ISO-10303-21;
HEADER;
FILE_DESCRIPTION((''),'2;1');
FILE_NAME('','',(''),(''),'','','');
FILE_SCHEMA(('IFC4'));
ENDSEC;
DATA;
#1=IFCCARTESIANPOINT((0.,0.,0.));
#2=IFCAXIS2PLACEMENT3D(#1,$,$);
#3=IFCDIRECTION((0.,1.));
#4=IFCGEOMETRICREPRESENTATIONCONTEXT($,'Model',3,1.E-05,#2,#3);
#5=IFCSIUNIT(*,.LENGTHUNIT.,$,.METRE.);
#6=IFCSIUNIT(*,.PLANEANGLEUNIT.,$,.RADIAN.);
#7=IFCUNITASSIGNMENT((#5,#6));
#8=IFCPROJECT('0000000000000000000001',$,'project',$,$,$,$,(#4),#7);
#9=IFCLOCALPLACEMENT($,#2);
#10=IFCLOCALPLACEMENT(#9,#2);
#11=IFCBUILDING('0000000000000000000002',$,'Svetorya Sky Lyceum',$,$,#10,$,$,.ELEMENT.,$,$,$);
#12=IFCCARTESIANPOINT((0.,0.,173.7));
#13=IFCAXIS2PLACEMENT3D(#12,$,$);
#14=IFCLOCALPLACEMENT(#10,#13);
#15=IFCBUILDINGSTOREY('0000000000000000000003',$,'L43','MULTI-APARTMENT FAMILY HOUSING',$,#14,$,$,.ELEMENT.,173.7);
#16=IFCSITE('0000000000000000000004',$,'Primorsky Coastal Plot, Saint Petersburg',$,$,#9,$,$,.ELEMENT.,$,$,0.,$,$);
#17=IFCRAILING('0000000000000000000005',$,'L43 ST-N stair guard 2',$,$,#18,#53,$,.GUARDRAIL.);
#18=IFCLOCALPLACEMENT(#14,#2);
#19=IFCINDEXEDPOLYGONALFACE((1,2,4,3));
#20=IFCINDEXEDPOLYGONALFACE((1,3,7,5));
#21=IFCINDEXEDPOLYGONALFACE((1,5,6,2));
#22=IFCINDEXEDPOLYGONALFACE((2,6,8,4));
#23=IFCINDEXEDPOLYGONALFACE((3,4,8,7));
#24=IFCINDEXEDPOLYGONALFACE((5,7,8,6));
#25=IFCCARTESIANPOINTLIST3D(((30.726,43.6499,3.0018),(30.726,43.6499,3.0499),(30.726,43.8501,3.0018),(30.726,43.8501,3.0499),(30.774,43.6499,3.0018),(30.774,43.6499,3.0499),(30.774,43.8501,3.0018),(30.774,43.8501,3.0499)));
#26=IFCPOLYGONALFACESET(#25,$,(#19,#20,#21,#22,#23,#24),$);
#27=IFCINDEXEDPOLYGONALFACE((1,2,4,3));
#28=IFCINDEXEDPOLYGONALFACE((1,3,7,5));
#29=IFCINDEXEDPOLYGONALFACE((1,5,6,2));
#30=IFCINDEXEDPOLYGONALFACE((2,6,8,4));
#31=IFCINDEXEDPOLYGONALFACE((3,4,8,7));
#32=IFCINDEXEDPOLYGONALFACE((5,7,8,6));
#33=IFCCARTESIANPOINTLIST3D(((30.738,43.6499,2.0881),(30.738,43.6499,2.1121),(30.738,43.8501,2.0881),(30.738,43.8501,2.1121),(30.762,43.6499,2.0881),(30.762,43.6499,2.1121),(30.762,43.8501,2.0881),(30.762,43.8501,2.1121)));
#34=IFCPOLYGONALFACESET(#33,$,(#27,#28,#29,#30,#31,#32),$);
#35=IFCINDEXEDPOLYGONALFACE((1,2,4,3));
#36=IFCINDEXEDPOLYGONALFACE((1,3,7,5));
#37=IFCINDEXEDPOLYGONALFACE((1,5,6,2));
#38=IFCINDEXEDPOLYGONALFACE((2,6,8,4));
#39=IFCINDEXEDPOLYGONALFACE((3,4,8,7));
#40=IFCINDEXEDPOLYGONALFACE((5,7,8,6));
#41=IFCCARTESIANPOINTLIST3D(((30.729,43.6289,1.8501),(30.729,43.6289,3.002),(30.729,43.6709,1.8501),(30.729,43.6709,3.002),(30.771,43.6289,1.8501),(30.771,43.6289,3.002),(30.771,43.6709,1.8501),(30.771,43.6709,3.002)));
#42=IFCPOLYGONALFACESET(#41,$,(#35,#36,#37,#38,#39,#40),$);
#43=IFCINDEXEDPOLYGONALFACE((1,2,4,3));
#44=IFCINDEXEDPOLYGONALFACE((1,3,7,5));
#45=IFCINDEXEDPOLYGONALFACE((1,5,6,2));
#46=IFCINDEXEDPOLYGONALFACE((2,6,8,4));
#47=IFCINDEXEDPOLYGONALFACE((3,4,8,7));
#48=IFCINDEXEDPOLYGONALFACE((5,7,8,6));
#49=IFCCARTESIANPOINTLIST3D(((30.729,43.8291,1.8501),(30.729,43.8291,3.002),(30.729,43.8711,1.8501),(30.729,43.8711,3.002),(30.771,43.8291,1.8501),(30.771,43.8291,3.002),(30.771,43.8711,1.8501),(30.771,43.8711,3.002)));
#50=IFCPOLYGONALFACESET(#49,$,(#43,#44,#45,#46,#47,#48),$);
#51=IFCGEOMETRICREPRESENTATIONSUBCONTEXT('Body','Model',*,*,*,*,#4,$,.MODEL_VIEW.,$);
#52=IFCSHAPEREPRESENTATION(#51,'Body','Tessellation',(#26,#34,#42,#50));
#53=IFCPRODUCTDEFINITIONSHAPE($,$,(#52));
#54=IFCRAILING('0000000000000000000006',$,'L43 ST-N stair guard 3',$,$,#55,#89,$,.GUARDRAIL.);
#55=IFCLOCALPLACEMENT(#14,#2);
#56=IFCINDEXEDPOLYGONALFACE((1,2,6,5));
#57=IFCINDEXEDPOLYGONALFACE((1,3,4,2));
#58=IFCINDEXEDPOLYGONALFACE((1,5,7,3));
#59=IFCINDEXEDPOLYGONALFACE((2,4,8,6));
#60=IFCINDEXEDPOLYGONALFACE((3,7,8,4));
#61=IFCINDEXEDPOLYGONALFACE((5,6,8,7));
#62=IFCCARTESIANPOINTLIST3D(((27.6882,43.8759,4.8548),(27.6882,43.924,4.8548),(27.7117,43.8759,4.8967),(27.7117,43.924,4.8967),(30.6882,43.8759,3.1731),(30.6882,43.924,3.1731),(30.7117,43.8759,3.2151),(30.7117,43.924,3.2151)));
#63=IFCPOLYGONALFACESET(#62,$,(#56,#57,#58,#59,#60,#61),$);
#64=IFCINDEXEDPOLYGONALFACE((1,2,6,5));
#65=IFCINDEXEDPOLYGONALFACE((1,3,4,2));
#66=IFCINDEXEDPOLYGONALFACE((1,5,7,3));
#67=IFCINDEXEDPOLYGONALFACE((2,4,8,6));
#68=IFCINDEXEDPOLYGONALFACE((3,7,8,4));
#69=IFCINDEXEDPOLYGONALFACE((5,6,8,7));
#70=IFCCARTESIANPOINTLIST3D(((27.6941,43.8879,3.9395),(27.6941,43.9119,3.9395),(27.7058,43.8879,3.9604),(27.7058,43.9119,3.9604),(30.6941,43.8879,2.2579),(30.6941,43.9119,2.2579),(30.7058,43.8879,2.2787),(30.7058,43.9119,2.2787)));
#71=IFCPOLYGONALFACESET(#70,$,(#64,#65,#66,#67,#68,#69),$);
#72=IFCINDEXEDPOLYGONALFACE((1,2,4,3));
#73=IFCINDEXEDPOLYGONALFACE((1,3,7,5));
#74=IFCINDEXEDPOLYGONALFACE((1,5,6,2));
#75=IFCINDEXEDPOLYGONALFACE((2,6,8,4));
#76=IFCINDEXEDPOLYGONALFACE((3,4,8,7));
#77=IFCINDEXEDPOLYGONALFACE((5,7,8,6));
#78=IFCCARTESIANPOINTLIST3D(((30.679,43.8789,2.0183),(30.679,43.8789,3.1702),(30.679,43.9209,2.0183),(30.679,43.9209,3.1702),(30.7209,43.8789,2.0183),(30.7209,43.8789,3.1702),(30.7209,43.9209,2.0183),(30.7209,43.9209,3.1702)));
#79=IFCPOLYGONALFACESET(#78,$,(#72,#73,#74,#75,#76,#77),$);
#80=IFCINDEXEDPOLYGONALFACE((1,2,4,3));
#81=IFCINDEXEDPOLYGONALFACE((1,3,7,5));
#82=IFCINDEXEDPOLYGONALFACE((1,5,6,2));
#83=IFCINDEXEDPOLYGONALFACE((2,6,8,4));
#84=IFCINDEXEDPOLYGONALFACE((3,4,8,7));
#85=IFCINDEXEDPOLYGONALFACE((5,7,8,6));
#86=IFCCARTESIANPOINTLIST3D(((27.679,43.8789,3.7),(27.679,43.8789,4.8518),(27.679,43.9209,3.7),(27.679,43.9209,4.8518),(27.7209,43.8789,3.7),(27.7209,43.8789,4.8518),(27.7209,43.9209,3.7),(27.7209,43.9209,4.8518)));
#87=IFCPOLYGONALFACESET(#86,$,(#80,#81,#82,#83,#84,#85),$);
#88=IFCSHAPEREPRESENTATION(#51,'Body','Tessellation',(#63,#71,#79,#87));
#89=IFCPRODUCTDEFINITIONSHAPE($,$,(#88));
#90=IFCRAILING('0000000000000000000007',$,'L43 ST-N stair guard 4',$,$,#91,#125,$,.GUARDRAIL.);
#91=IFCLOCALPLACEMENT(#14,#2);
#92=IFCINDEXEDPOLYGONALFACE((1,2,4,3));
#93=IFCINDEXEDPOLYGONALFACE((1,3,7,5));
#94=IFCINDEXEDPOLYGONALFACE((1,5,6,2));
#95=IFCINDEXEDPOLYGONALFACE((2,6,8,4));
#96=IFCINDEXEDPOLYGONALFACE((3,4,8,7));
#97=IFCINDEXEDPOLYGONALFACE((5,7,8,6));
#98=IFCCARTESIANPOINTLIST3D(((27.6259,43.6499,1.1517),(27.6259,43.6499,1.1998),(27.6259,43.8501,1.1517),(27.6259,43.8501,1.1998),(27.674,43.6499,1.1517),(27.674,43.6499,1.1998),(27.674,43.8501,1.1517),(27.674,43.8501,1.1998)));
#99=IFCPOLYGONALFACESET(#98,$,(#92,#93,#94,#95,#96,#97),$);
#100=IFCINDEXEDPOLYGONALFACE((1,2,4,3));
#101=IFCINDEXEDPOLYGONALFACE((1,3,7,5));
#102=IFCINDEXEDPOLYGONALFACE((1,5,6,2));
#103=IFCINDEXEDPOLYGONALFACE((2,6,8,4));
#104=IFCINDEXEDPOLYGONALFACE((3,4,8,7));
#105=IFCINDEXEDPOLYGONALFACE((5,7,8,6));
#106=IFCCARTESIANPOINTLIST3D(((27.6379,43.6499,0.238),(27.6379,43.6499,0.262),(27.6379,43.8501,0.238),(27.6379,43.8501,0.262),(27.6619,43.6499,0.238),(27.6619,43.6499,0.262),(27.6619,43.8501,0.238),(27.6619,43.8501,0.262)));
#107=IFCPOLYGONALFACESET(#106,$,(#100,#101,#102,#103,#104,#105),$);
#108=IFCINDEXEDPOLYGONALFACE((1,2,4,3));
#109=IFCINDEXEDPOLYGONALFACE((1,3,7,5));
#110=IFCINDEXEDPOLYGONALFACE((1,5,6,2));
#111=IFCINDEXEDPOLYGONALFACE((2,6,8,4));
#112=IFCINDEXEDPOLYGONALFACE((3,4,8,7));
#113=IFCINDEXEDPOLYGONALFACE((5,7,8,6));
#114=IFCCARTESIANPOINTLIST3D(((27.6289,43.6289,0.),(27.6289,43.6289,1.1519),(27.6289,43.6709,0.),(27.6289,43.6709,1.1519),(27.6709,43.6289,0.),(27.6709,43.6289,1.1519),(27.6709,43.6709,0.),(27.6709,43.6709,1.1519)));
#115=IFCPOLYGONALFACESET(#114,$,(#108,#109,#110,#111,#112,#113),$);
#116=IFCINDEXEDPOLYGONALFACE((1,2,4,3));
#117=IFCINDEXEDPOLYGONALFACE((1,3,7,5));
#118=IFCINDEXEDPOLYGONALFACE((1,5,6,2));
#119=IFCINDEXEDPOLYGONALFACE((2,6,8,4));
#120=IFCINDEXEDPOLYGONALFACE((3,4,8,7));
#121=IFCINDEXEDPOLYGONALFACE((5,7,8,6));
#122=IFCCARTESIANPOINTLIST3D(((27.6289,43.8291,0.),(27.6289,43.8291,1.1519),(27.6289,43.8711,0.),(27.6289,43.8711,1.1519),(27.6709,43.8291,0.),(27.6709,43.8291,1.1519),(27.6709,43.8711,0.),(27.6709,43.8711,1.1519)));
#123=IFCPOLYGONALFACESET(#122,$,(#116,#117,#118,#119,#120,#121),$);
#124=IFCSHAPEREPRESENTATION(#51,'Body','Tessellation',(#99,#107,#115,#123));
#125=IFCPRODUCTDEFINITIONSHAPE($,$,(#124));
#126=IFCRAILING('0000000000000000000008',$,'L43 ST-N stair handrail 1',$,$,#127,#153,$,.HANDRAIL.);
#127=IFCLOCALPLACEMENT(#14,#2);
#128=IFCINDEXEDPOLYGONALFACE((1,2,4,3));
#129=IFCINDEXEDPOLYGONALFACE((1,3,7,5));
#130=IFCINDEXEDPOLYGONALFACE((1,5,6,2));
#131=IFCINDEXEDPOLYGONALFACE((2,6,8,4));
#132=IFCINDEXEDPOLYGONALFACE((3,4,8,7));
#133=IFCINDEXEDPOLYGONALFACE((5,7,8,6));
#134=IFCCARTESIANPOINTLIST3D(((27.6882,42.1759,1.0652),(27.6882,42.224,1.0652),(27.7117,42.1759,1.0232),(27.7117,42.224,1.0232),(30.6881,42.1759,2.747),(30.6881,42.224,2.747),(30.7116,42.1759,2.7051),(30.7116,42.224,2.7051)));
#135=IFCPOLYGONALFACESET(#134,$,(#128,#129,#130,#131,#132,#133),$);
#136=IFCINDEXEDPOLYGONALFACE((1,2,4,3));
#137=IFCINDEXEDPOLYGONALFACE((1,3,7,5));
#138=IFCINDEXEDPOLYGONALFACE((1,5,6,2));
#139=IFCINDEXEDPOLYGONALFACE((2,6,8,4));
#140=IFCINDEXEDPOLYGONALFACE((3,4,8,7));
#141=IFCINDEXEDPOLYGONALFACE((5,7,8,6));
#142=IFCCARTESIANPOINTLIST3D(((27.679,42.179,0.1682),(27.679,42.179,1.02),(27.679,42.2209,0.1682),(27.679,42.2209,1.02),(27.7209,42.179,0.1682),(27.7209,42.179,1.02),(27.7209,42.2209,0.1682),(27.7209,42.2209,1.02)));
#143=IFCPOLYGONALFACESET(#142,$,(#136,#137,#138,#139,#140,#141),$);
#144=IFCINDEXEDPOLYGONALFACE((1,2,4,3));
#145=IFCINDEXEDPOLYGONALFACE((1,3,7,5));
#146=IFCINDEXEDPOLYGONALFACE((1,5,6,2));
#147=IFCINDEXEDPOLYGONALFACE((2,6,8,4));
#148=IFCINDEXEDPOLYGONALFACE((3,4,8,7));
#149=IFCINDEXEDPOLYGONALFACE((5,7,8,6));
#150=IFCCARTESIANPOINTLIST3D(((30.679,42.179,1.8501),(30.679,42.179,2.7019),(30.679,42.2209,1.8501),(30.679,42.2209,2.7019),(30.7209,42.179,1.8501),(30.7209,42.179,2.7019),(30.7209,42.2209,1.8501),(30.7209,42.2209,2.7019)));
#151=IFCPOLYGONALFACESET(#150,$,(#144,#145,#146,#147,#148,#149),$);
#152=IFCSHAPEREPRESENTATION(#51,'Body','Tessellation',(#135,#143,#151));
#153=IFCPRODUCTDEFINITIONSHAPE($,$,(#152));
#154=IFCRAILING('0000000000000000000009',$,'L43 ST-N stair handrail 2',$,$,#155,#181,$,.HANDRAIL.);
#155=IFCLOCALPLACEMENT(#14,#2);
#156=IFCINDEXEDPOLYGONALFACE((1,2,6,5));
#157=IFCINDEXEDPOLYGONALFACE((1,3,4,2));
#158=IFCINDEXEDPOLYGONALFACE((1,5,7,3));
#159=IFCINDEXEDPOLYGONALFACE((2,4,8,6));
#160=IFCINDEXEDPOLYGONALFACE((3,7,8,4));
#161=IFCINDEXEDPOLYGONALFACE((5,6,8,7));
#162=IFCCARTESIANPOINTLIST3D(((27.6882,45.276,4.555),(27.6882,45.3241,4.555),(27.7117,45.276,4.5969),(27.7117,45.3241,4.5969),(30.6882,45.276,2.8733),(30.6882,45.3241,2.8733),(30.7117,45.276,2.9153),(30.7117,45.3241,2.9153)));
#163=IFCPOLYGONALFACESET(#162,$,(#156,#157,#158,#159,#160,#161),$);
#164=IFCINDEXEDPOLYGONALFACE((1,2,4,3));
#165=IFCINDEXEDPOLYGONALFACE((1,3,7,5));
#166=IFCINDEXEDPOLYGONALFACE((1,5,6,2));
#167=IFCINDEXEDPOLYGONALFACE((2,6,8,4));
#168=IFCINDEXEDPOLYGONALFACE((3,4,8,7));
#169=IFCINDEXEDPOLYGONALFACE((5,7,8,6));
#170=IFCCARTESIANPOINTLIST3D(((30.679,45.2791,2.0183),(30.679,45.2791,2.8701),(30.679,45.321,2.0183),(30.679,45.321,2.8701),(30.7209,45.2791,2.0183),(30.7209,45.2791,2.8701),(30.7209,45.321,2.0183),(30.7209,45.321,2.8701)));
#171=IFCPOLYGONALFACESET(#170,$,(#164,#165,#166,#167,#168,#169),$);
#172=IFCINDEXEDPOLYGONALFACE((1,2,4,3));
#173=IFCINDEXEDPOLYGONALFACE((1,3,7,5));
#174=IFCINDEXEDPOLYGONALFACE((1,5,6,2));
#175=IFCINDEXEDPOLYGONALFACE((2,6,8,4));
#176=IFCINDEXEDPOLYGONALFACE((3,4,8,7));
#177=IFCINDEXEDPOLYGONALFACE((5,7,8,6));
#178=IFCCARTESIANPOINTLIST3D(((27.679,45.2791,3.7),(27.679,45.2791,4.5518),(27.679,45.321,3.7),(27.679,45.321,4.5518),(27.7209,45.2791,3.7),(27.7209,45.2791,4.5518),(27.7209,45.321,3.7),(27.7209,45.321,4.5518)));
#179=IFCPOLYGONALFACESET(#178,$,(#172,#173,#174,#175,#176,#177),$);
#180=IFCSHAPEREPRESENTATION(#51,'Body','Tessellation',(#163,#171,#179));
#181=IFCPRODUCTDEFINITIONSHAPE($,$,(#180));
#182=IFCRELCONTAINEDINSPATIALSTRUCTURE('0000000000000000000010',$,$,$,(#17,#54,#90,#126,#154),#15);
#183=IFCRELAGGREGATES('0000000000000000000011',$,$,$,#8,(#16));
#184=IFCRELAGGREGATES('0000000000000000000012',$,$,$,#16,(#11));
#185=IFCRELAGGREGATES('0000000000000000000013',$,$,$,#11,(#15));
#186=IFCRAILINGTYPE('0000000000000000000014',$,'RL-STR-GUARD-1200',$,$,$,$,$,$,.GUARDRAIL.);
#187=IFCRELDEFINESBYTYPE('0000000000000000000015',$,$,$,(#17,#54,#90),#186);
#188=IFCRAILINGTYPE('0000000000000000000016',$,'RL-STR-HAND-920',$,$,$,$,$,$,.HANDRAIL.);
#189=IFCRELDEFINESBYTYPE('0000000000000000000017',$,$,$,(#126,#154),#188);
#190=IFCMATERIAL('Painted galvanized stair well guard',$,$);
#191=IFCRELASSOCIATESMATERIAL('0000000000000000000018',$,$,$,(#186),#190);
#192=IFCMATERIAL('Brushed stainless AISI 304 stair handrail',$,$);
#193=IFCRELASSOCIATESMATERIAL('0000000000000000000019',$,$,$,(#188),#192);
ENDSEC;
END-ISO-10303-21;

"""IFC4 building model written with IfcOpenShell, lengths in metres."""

from ifc_helpers import new_model, si_unit, direction, frame, origin, origin_2d, place, context, subcontext, project, spatial, rectangle, extrude, material, type_object, element, save


model = new_model("IFC4")

# Units and contexts
model_context = context("Model", 3, precision=1e-05, world=origin(), true_north=direction((0.0, 1.0)))
body_context = subcontext(model_context, "Body", "Model", "MODEL_VIEW")
ifc_project = project(units=[si_unit("LENGTHUNIT", "METRE"), si_unit("PLANEANGLEUNIT", "RADIAN")], contexts=[model_context])

# Site, building, storey
site_placement = place(None, origin())
site = spatial("IfcSite", under=ifc_project, at=site_placement, Name="Primorsky Coastal Plot, Saint Petersburg", CompositionType="ELEMENT", RefElevation=0.0)
building_placement = place(site_placement, origin())
building = spatial("IfcBuilding", under=site, at=building_placement, Name="Svetorya Sky Lyceum", CompositionType="ELEMENT")
storey_placement = place(building_placement, frame((0.0, 0.0, 173.7)))
storey = spatial("IfcBuildingStorey", under=building, at=storey_placement, Name="L43", Description="MULTI-APARTMENT FAMILY HOUSING", CompositionType="ELEMENT", Elevation=173.7)

# Railings
ifc_material_1 = material(Name="Painted galvanized stair well guard")
railing_type_1 = type_object("IfcRailingType", Name="RL-STR-GUARD-1200", PredefinedType="GUARDRAIL", material=ifc_material_1)
railing_1_placement = place(storey_placement, frame((30.75, 43.6499, 1.8501)))
element("IfcRailing", 1, at=railing_1_placement, inside=storey, type_object=railing_type_1, Name="L43 ST-N stair guard 2", PredefinedType="GUARDRAIL", context=body_context, shape_type="SweptSolid", body=[
    extrude(rectangle(XDim=0.0481, YDim=0.0481, at=origin_2d()), frame((0.0, 0.0, 1.1758), z_axis=(0.0, 1.0, 0.0), x_axis=(-1.0, 0.0, 0.0)), (0.0, 0.0, 1.0), 0.2002),
    extrude(rectangle(XDim=0.0239, YDim=0.0239, at=origin_2d()), frame((0.0, 0.0, 0.25), z_axis=(0.0, 1.0, 0.0), x_axis=(-1.0, 0.0, 0.0)), (0.0, 0.0, 1.0), 0.2002),
    extrude(rectangle(XDim=0.042, YDim=0.042, at=origin_2d()), origin(), (0.0, 0.0, 1.0), 1.1519),
    extrude(rectangle(XDim=0.042, YDim=0.042, at=origin_2d()), frame((0.0, 0.2002, 0.0)), (0.0, 0.0, 1.0), 1.1519),
])
railing_2_placement = place(storey_placement, frame((30.7, 43.8999, 2.0183)))
element("IfcRailing", 2, at=railing_2_placement, inside=storey, type_object=railing_type_1, Name="L43 ST-N stair guard 3", PredefinedType="GUARDRAIL", context=body_context, shape_type="SweptSolid", body=[
    extrude(rectangle(XDim=0.0481, YDim=0.0481, at=origin_2d()), frame((0.0, 0.0, 1.1758), z_axis=(-0.872303, 0.0, 0.488966), x_axis=(0.0, -1.0, 0.0)), (0.0, 0.0, 1.0), 3.4392),
    extrude(rectangle(XDim=0.0239, YDim=0.0239, at=origin_2d()), frame((0.0, 0.0, 0.25), z_axis=(-0.872303, 0.0, 0.488966), x_axis=(0.0, -1.0, 0.0)), (0.0, 0.0, 1.0), 3.4392),
    extrude(rectangle(XDim=0.042, YDim=0.042, at=origin_2d()), origin(), (0.0, 0.0, 1.0), 1.1519),
    extrude(rectangle(XDim=0.042, YDim=0.042, at=origin_2d()), frame((-3.0, 0.0, 1.6816)), (0.0, 0.0, 1.0), 1.1519),
])
railing_3_placement = place(storey_placement, frame((27.6499, 43.6499, 0.0)))
element("IfcRailing", 3, at=railing_3_placement, inside=storey, type_object=railing_type_1, Name="L43 ST-N stair guard 4", PredefinedType="GUARDRAIL", context=body_context, shape_type="SweptSolid", body=[
    extrude(rectangle(XDim=0.0481, YDim=0.0481, at=origin_2d()), frame((0.0, 0.0, 1.1758), z_axis=(0.0, 1.0, 0.0), x_axis=(-1.0, 0.0, 0.0)), (0.0, 0.0, 1.0), 0.2002),
    extrude(rectangle(XDim=0.0239, YDim=0.0239, at=origin_2d()), frame((0.0, 0.0, 0.25), z_axis=(0.0, 1.0, 0.0), x_axis=(-1.0, 0.0, 0.0)), (0.0, 0.0, 1.0), 0.2002),
    extrude(rectangle(XDim=0.042, YDim=0.042, at=origin_2d()), origin(), (0.0, 0.0, 1.0), 1.1519),
    extrude(rectangle(XDim=0.042, YDim=0.042, at=origin_2d()), frame((0.0, 0.2002, 0.0)), (0.0, 0.0, 1.0), 1.1519),
])
ifc_material_2 = material(Name="Brushed stainless AISI 304 stair handrail")
railing_type_2 = type_object("IfcRailingType", Name="RL-STR-HAND-920", PredefinedType="HANDRAIL", material=ifc_material_2)
railing_4_placement = place(storey_placement, frame((27.7, 42.2, 0.1682)))
element("IfcRailing", 4, at=railing_4_placement, inside=storey, type_object=railing_type_2, Name="L43 ST-N stair handrail 1", PredefinedType="HANDRAIL", context=body_context, shape_type="SweptSolid", body=[
    extrude(rectangle(XDim=0.0481, YDim=0.0481, at=origin_2d()), frame((0.0, 0.0, 0.876), z_axis=(0.872272, 0.0, 0.48902), x_axis=(0.0, 1.0, 0.0)), (0.0, 0.0, 1.0), 3.4392),
    extrude(rectangle(XDim=0.042, YDim=0.042, at=origin_2d()), origin(), (0.0, 0.0, 1.0), 0.8518),
    extrude(rectangle(XDim=0.042, YDim=0.042, at=origin_2d()), frame((3.0, 0.0, 1.6819)), (0.0, 0.0, 1.0), 0.8518),
])
railing_5_placement = place(storey_placement, frame((30.7, 45.3, 2.0183)))
element("IfcRailing", 5, at=railing_5_placement, inside=storey, type_object=railing_type_2, Name="L43 ST-N stair handrail 2", PredefinedType="HANDRAIL", context=body_context, shape_type="SweptSolid", body=[
    extrude(rectangle(XDim=0.0481, YDim=0.0481, at=origin_2d()), frame((0.0, 0.0, 0.876), z_axis=(-0.872303, 0.0, 0.488966), x_axis=(0.0, -1.0, 0.0)), (0.0, 0.0, 1.0), 3.4392),
    extrude(rectangle(XDim=0.042, YDim=0.042, at=origin_2d()), origin(), (0.0, 0.0, 1.0), 0.8518),
    extrude(rectangle(XDim=0.042, YDim=0.042, at=origin_2d()), frame((-3.0, 0.0, 1.6816)), (0.0, 0.0, 1.0), 0.8518),
])

save(model, "model.ifc")
